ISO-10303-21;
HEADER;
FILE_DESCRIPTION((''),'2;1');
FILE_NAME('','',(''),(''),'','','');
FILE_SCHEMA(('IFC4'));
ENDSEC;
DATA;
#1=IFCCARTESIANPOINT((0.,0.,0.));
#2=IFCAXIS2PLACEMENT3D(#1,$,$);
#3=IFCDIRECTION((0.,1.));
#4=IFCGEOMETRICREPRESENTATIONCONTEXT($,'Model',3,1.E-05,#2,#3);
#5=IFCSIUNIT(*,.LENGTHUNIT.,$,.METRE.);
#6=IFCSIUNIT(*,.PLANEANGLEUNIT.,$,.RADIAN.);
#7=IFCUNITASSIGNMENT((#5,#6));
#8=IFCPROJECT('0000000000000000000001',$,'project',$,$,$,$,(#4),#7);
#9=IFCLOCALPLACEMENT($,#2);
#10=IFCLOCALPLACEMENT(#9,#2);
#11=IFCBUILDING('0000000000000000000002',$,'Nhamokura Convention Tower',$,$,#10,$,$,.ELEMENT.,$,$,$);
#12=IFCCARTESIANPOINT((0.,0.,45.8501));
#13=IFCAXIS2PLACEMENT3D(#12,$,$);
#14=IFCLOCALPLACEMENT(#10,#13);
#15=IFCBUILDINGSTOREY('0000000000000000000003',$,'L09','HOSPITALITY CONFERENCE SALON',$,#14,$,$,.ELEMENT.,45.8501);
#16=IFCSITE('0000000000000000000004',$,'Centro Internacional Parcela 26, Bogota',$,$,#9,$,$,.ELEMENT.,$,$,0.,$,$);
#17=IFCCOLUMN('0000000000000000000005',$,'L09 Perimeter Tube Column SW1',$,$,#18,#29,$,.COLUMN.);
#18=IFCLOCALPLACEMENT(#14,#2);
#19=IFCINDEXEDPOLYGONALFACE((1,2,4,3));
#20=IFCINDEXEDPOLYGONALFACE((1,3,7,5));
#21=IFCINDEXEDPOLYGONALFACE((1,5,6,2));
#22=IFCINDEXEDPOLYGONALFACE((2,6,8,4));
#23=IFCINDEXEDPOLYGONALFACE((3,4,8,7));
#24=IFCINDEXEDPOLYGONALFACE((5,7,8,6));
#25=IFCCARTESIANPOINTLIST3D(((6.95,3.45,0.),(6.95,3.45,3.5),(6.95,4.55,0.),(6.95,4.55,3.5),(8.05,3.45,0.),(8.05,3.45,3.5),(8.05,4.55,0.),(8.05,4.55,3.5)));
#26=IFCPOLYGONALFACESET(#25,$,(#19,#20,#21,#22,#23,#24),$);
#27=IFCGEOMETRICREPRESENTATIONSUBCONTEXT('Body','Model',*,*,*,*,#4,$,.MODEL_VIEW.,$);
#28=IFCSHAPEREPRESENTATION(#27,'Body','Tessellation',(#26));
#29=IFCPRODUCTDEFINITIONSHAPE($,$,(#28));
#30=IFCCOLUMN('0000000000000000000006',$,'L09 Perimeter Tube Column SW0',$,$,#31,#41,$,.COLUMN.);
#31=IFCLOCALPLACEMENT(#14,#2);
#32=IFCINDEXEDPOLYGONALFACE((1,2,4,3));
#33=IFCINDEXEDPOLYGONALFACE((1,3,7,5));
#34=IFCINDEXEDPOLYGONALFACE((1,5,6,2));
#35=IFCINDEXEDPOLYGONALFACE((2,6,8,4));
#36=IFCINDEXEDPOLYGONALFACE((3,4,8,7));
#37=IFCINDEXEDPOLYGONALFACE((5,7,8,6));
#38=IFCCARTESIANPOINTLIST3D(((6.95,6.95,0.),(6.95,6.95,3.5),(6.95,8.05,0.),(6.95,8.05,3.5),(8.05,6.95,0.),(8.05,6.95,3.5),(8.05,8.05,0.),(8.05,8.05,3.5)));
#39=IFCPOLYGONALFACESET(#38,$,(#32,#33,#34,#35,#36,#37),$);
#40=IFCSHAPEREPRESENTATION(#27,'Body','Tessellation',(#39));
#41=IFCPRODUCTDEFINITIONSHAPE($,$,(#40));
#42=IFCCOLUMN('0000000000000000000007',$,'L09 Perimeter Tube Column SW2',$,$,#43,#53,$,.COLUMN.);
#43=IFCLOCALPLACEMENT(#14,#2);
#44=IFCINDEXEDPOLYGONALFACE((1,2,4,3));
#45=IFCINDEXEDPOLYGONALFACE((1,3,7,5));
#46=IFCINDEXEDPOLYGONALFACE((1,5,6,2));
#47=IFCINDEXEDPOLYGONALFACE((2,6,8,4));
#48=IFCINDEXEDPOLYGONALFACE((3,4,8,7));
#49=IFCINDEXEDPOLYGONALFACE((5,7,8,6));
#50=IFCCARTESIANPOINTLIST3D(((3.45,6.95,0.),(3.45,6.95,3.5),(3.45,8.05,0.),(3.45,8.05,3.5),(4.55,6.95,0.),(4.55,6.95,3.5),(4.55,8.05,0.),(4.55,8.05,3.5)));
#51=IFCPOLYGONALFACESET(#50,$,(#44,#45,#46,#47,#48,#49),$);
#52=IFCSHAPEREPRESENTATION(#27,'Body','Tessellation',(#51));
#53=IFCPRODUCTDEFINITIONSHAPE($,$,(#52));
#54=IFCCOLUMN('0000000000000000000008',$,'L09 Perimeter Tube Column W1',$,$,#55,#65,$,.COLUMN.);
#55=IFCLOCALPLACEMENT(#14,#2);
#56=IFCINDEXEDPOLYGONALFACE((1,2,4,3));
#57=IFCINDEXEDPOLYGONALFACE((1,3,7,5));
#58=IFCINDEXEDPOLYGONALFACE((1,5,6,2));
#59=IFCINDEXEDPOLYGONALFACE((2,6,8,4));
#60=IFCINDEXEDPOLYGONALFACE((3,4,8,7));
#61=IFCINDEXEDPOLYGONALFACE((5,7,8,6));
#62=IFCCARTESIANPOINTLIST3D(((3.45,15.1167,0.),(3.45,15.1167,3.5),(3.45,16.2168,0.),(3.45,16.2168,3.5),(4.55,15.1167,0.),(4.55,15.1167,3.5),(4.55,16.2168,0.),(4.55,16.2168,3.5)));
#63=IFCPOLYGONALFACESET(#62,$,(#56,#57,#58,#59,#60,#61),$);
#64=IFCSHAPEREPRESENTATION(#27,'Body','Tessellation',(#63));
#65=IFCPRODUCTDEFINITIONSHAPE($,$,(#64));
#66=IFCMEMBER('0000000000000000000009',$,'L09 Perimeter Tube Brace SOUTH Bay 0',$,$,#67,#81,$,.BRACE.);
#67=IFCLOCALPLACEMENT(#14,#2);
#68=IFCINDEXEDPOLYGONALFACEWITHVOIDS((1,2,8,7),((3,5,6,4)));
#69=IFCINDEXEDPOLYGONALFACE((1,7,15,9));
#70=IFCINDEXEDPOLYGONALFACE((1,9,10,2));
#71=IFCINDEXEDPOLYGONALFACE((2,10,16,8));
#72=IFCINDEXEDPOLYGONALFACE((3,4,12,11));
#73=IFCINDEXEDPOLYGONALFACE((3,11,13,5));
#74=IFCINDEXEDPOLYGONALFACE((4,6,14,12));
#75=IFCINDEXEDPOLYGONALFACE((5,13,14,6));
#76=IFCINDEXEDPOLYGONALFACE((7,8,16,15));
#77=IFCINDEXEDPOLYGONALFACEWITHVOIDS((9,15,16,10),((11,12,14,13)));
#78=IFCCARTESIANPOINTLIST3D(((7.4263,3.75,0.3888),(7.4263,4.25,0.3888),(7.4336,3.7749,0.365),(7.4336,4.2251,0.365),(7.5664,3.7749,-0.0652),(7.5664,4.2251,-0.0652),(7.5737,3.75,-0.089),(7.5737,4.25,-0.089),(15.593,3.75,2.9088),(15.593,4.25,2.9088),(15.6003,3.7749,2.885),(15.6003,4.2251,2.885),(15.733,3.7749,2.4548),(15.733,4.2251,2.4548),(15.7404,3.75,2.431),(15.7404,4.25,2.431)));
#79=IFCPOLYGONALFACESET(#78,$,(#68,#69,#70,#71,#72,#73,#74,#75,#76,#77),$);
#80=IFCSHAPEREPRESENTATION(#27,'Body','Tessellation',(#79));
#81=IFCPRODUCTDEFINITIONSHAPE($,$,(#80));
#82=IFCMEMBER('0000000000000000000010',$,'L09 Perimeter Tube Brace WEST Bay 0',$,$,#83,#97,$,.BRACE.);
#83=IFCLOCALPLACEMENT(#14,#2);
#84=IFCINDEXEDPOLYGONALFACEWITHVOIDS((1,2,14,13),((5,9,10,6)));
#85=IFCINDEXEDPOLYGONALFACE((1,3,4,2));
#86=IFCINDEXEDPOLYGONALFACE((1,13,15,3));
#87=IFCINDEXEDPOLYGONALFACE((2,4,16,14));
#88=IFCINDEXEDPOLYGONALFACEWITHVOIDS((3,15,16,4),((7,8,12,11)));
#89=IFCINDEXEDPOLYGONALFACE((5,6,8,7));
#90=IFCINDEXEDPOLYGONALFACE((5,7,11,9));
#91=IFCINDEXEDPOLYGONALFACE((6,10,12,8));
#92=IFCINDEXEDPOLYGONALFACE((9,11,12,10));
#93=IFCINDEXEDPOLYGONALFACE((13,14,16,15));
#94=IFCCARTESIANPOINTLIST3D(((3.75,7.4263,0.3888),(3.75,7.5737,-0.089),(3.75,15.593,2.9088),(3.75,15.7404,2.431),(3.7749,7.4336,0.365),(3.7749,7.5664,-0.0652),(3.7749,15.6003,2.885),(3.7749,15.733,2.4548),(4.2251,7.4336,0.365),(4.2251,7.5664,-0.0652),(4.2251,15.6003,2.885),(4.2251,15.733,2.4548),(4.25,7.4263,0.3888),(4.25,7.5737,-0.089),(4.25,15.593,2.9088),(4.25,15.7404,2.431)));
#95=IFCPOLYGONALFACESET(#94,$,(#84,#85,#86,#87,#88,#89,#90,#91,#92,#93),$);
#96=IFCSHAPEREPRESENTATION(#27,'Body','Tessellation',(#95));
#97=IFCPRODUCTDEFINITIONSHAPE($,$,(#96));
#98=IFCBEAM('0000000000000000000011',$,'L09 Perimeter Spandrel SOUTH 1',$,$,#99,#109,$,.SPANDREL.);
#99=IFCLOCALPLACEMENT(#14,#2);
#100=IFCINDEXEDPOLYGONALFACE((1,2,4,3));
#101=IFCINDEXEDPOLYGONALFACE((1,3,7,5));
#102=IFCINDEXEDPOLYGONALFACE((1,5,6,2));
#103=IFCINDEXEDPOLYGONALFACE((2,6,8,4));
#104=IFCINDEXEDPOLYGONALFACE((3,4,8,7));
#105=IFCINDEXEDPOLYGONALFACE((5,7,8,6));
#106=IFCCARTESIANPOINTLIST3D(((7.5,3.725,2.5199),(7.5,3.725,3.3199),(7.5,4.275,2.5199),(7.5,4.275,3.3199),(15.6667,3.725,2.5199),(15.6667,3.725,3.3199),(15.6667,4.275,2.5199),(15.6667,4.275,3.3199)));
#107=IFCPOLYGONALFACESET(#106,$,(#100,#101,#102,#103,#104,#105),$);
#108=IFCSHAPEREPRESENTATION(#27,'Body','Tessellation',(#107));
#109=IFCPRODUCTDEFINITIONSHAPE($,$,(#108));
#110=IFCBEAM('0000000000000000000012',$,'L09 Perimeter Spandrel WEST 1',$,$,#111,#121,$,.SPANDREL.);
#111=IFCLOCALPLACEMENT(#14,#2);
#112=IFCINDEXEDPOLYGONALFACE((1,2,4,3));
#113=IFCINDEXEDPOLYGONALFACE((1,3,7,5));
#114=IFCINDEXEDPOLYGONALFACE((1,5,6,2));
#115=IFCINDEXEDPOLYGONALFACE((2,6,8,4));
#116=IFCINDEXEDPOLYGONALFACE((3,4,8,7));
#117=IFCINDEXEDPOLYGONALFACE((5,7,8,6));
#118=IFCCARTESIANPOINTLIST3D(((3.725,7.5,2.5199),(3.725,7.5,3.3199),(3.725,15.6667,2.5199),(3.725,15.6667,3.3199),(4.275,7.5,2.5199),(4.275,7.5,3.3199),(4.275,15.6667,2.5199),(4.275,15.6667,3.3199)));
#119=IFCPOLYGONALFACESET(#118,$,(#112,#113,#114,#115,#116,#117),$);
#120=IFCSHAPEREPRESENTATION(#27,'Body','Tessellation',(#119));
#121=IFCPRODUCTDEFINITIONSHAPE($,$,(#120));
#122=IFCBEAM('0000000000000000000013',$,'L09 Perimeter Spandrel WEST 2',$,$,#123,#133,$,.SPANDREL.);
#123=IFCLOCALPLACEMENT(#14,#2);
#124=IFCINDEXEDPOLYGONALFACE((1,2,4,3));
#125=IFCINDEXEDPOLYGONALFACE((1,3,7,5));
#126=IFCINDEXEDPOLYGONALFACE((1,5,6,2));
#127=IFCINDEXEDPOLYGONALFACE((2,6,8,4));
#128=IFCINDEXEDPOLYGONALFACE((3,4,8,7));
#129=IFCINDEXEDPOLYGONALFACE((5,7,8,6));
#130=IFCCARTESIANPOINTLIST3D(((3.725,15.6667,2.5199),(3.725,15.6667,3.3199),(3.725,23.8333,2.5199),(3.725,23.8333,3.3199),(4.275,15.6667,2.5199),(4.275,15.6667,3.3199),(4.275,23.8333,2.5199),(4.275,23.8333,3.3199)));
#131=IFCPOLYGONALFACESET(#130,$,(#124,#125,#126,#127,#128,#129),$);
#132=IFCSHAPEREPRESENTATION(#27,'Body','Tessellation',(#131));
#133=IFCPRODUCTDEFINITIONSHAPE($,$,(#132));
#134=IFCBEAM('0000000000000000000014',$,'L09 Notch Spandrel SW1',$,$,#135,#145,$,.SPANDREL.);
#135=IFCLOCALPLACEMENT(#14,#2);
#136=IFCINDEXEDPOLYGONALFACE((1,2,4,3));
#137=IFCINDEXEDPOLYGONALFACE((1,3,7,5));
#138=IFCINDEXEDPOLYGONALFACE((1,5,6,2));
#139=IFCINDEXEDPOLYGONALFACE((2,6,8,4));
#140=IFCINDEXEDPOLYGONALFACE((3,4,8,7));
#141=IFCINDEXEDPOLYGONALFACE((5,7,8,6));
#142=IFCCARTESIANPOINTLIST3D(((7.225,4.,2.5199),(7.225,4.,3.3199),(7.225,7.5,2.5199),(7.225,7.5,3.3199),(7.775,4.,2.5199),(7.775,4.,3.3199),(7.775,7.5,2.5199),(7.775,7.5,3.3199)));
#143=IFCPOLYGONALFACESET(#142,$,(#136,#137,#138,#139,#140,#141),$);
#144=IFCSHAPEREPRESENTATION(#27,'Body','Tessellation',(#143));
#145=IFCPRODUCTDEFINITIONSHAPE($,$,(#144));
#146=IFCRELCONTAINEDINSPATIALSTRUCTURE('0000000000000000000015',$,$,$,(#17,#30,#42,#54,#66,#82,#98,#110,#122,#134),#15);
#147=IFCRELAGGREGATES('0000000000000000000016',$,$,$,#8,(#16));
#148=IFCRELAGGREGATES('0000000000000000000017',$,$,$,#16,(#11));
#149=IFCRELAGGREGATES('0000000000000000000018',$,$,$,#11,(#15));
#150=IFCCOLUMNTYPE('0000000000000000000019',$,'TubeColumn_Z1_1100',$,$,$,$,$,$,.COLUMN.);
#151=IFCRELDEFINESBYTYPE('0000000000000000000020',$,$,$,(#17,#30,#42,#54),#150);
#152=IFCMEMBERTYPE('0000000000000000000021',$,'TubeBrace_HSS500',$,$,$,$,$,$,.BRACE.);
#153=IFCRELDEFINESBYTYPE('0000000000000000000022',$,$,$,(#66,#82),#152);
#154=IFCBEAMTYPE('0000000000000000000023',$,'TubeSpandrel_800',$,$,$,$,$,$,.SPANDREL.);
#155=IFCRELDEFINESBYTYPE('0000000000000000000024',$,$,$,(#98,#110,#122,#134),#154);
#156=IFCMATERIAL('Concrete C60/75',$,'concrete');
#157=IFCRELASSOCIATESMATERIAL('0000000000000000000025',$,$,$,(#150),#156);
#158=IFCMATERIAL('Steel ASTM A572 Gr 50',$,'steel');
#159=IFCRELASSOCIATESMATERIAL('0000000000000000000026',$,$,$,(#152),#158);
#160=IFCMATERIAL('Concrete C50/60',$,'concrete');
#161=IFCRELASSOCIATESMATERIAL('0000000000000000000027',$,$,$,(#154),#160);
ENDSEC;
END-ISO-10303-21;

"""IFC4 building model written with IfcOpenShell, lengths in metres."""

from ifc_helpers import new_model, si_unit, direction, frame, origin, origin_2d, place, context, subcontext, project, spatial, rectangle, hollow_rectangle, extrude, material, material_profile, profile_set, type_object, element, save


model = new_model("IFC4")

# Units and contexts
model_context = context("Model", 3, precision=1e-05, world=origin(), true_north=direction((0.0, 1.0)))
body_context = subcontext(model_context, "Body", "Model", "MODEL_VIEW")
ifc_project = project(units=[si_unit("LENGTHUNIT", "METRE"), si_unit("PLANEANGLEUNIT", "RADIAN")], contexts=[model_context])

# Site, building, storey
site_placement = place(None, origin())
site = spatial("IfcSite", under=ifc_project, at=site_placement, Name="Centro Internacional Parcela 26, Bogota", CompositionType="ELEMENT", RefElevation=0.0)
building_placement = place(site_placement, origin())
building = spatial("IfcBuilding", under=site, at=building_placement, Name="Nhamokura Convention Tower", CompositionType="ELEMENT")
storey_placement = place(building_placement, frame((0.0, 0.0, 45.8501)))
storey = spatial("IfcBuildingStorey", under=building, at=storey_placement, Name="L09", Description="HOSPITALITY CONFERENCE SALON", CompositionType="ELEMENT", Elevation=45.8501)

# Columns
ifc_material_1 = material(Name="Concrete C60/75", Category="concrete")
ifc_material_profile_1 = material_profile(ifc_material_1, rectangle(XDim=1.1001, YDim=1.1001, at=origin_2d()))
ifc_profile_set_1 = profile_set([ifc_material_profile_1], Name="Concrete C60/75")
column_type = type_object("IfcColumnType", Name="TubeColumn_Z1_1100", PredefinedType="COLUMN", material=ifc_profile_set_1)
for number, where, z_axis, x_axis, name in (
    (1, (7.5, 4.0, 0.0), (0.0, 0.0, 1.0), (1.0, 0.0, 0.0), "L09 Perimeter Tube Column SW1"),
    (2, (7.5, 7.5, 0.0), (0.0, 0.0, 1.0), (1.0, 0.0, 0.0), "L09 Perimeter Tube Column SW0"),
    (3, (4.0, 7.5, 0.0), (0.0, 0.0, 1.0), (1.0, 0.0, 0.0), "L09 Perimeter Tube Column SW2"),
    (4, (4.0, 15.6667, 0.0), (0.0, 0.0, 1.0), (1.0, 0.0, 0.0), "L09 Perimeter Tube Column W1"),
):
    element("IfcColumn", number, at=place(storey_placement, frame(where, z_axis=z_axis, x_axis=x_axis)), inside=storey, type_object=column_type, Name=name, PredefinedType="COLUMN", context=body_context, shape_type="SweptSolid", body=[
        extrude(rectangle(XDim=1.1001, YDim=1.1001, at=origin_2d()), origin(), (0.0, 0.0, 1.0), 3.5),
    ])

# Members
ifc_material_2 = material(Name="Steel ASTM A572 Gr 50", Category="steel")
ifc_material_profile_2 = material_profile(ifc_material_2, hollow_rectangle(XDim=0.5, YDim=0.5, WallThickness=0.0249, at=origin_2d()))
ifc_profile_set_2 = profile_set([ifc_material_profile_2], Name="Steel ASTM A572 Gr 50")
member_type = type_object("IfcMemberType", Name="TubeBrace_HSS500", PredefinedType="BRACE", material=ifc_profile_set_2)
for number, where, z_axis, x_axis, name in (
    (5, (7.5, 4.0, 0.1499), (0.955543, 0.0, 0.294853), (0.0, 1.0, 0.0), "L09 Perimeter Tube Brace SOUTH Bay 0"),
    (6, (4.0, 7.5, 0.1499), (0.0, 0.955543, 0.294853), (-1.0, 0.0, 0.0), "L09 Perimeter Tube Brace WEST Bay 0"),
):
    element("IfcMember", number, at=place(storey_placement, frame(where, z_axis=z_axis, x_axis=x_axis)), inside=storey, type_object=member_type, Name=name, PredefinedType="BRACE", context=body_context, shape_type="SweptSolid", body=[
        extrude(hollow_rectangle(XDim=0.5, YDim=0.5, WallThickness=0.0249, at=origin_2d()), origin(), (0.0, 0.0, 1.0), 8.5466),
    ])

# Beams
ifc_material_3 = material(Name="Concrete C50/60", Category="concrete")
ifc_material_profile_3 = material_profile(ifc_material_3, rectangle(XDim=0.55, YDim=0.8, at=origin_2d()))
ifc_profile_set_3 = profile_set([ifc_material_profile_3], Name="Concrete C50/60")
beam_type = type_object("IfcBeamType", Name="TubeSpandrel_800", PredefinedType="SPANDREL", material=ifc_profile_set_3)
for number, where, z_axis, x_axis, name in (
    (7, (7.5, 4.0, 2.9199), (1.0, 0.0, 0.0), (0.0, 1.0, 0.0), "L09 Perimeter Spandrel SOUTH 1"),
    (8, (4.0, 7.5, 2.9199), (0.0, 1.0, 0.0), (-1.0, 0.0, 0.0), "L09 Perimeter Spandrel WEST 1"),
):
    element("IfcBeam", number, at=place(storey_placement, frame(where, z_axis=z_axis, x_axis=x_axis)), inside=storey, type_object=beam_type, Name=name, PredefinedType="SPANDREL", context=body_context, shape_type="SweptSolid", body=[
        extrude(rectangle(XDim=0.55, YDim=0.8, at=origin_2d()), origin(), (0.0, 0.0, 1.0), 8.1667),
    ])
beam_1_placement = place(storey_placement, frame((4.0, 15.6667, 2.9199), z_axis=(0.0, 1.0, 0.0), x_axis=(-1.0, 0.0, 0.0)))
element("IfcBeam", 9, at=beam_1_placement, inside=storey, type_object=beam_type, Name="L09 Perimeter Spandrel WEST 2", PredefinedType="SPANDREL", context=body_context, shape_type="SweptSolid", body=[
    extrude(rectangle(XDim=0.55, YDim=0.8, at=origin_2d()), origin(), (0.0, 0.0, 1.0), 8.1665),
])
beam_2_placement = place(storey_placement, frame((7.5, 4.0, 2.9199), z_axis=(0.0, 1.0, 0.0), x_axis=(-1.0, 0.0, 0.0)))
element("IfcBeam", 10, at=beam_2_placement, inside=storey, type_object=beam_type, Name="L09 Notch Spandrel SW1", PredefinedType="SPANDREL", context=body_context, shape_type="SweptSolid", body=[
    extrude(rectangle(XDim=0.55, YDim=0.8, at=origin_2d()), origin(), (0.0, 0.0, 1.0), 3.5),
])

save(model, "model.ifc")
